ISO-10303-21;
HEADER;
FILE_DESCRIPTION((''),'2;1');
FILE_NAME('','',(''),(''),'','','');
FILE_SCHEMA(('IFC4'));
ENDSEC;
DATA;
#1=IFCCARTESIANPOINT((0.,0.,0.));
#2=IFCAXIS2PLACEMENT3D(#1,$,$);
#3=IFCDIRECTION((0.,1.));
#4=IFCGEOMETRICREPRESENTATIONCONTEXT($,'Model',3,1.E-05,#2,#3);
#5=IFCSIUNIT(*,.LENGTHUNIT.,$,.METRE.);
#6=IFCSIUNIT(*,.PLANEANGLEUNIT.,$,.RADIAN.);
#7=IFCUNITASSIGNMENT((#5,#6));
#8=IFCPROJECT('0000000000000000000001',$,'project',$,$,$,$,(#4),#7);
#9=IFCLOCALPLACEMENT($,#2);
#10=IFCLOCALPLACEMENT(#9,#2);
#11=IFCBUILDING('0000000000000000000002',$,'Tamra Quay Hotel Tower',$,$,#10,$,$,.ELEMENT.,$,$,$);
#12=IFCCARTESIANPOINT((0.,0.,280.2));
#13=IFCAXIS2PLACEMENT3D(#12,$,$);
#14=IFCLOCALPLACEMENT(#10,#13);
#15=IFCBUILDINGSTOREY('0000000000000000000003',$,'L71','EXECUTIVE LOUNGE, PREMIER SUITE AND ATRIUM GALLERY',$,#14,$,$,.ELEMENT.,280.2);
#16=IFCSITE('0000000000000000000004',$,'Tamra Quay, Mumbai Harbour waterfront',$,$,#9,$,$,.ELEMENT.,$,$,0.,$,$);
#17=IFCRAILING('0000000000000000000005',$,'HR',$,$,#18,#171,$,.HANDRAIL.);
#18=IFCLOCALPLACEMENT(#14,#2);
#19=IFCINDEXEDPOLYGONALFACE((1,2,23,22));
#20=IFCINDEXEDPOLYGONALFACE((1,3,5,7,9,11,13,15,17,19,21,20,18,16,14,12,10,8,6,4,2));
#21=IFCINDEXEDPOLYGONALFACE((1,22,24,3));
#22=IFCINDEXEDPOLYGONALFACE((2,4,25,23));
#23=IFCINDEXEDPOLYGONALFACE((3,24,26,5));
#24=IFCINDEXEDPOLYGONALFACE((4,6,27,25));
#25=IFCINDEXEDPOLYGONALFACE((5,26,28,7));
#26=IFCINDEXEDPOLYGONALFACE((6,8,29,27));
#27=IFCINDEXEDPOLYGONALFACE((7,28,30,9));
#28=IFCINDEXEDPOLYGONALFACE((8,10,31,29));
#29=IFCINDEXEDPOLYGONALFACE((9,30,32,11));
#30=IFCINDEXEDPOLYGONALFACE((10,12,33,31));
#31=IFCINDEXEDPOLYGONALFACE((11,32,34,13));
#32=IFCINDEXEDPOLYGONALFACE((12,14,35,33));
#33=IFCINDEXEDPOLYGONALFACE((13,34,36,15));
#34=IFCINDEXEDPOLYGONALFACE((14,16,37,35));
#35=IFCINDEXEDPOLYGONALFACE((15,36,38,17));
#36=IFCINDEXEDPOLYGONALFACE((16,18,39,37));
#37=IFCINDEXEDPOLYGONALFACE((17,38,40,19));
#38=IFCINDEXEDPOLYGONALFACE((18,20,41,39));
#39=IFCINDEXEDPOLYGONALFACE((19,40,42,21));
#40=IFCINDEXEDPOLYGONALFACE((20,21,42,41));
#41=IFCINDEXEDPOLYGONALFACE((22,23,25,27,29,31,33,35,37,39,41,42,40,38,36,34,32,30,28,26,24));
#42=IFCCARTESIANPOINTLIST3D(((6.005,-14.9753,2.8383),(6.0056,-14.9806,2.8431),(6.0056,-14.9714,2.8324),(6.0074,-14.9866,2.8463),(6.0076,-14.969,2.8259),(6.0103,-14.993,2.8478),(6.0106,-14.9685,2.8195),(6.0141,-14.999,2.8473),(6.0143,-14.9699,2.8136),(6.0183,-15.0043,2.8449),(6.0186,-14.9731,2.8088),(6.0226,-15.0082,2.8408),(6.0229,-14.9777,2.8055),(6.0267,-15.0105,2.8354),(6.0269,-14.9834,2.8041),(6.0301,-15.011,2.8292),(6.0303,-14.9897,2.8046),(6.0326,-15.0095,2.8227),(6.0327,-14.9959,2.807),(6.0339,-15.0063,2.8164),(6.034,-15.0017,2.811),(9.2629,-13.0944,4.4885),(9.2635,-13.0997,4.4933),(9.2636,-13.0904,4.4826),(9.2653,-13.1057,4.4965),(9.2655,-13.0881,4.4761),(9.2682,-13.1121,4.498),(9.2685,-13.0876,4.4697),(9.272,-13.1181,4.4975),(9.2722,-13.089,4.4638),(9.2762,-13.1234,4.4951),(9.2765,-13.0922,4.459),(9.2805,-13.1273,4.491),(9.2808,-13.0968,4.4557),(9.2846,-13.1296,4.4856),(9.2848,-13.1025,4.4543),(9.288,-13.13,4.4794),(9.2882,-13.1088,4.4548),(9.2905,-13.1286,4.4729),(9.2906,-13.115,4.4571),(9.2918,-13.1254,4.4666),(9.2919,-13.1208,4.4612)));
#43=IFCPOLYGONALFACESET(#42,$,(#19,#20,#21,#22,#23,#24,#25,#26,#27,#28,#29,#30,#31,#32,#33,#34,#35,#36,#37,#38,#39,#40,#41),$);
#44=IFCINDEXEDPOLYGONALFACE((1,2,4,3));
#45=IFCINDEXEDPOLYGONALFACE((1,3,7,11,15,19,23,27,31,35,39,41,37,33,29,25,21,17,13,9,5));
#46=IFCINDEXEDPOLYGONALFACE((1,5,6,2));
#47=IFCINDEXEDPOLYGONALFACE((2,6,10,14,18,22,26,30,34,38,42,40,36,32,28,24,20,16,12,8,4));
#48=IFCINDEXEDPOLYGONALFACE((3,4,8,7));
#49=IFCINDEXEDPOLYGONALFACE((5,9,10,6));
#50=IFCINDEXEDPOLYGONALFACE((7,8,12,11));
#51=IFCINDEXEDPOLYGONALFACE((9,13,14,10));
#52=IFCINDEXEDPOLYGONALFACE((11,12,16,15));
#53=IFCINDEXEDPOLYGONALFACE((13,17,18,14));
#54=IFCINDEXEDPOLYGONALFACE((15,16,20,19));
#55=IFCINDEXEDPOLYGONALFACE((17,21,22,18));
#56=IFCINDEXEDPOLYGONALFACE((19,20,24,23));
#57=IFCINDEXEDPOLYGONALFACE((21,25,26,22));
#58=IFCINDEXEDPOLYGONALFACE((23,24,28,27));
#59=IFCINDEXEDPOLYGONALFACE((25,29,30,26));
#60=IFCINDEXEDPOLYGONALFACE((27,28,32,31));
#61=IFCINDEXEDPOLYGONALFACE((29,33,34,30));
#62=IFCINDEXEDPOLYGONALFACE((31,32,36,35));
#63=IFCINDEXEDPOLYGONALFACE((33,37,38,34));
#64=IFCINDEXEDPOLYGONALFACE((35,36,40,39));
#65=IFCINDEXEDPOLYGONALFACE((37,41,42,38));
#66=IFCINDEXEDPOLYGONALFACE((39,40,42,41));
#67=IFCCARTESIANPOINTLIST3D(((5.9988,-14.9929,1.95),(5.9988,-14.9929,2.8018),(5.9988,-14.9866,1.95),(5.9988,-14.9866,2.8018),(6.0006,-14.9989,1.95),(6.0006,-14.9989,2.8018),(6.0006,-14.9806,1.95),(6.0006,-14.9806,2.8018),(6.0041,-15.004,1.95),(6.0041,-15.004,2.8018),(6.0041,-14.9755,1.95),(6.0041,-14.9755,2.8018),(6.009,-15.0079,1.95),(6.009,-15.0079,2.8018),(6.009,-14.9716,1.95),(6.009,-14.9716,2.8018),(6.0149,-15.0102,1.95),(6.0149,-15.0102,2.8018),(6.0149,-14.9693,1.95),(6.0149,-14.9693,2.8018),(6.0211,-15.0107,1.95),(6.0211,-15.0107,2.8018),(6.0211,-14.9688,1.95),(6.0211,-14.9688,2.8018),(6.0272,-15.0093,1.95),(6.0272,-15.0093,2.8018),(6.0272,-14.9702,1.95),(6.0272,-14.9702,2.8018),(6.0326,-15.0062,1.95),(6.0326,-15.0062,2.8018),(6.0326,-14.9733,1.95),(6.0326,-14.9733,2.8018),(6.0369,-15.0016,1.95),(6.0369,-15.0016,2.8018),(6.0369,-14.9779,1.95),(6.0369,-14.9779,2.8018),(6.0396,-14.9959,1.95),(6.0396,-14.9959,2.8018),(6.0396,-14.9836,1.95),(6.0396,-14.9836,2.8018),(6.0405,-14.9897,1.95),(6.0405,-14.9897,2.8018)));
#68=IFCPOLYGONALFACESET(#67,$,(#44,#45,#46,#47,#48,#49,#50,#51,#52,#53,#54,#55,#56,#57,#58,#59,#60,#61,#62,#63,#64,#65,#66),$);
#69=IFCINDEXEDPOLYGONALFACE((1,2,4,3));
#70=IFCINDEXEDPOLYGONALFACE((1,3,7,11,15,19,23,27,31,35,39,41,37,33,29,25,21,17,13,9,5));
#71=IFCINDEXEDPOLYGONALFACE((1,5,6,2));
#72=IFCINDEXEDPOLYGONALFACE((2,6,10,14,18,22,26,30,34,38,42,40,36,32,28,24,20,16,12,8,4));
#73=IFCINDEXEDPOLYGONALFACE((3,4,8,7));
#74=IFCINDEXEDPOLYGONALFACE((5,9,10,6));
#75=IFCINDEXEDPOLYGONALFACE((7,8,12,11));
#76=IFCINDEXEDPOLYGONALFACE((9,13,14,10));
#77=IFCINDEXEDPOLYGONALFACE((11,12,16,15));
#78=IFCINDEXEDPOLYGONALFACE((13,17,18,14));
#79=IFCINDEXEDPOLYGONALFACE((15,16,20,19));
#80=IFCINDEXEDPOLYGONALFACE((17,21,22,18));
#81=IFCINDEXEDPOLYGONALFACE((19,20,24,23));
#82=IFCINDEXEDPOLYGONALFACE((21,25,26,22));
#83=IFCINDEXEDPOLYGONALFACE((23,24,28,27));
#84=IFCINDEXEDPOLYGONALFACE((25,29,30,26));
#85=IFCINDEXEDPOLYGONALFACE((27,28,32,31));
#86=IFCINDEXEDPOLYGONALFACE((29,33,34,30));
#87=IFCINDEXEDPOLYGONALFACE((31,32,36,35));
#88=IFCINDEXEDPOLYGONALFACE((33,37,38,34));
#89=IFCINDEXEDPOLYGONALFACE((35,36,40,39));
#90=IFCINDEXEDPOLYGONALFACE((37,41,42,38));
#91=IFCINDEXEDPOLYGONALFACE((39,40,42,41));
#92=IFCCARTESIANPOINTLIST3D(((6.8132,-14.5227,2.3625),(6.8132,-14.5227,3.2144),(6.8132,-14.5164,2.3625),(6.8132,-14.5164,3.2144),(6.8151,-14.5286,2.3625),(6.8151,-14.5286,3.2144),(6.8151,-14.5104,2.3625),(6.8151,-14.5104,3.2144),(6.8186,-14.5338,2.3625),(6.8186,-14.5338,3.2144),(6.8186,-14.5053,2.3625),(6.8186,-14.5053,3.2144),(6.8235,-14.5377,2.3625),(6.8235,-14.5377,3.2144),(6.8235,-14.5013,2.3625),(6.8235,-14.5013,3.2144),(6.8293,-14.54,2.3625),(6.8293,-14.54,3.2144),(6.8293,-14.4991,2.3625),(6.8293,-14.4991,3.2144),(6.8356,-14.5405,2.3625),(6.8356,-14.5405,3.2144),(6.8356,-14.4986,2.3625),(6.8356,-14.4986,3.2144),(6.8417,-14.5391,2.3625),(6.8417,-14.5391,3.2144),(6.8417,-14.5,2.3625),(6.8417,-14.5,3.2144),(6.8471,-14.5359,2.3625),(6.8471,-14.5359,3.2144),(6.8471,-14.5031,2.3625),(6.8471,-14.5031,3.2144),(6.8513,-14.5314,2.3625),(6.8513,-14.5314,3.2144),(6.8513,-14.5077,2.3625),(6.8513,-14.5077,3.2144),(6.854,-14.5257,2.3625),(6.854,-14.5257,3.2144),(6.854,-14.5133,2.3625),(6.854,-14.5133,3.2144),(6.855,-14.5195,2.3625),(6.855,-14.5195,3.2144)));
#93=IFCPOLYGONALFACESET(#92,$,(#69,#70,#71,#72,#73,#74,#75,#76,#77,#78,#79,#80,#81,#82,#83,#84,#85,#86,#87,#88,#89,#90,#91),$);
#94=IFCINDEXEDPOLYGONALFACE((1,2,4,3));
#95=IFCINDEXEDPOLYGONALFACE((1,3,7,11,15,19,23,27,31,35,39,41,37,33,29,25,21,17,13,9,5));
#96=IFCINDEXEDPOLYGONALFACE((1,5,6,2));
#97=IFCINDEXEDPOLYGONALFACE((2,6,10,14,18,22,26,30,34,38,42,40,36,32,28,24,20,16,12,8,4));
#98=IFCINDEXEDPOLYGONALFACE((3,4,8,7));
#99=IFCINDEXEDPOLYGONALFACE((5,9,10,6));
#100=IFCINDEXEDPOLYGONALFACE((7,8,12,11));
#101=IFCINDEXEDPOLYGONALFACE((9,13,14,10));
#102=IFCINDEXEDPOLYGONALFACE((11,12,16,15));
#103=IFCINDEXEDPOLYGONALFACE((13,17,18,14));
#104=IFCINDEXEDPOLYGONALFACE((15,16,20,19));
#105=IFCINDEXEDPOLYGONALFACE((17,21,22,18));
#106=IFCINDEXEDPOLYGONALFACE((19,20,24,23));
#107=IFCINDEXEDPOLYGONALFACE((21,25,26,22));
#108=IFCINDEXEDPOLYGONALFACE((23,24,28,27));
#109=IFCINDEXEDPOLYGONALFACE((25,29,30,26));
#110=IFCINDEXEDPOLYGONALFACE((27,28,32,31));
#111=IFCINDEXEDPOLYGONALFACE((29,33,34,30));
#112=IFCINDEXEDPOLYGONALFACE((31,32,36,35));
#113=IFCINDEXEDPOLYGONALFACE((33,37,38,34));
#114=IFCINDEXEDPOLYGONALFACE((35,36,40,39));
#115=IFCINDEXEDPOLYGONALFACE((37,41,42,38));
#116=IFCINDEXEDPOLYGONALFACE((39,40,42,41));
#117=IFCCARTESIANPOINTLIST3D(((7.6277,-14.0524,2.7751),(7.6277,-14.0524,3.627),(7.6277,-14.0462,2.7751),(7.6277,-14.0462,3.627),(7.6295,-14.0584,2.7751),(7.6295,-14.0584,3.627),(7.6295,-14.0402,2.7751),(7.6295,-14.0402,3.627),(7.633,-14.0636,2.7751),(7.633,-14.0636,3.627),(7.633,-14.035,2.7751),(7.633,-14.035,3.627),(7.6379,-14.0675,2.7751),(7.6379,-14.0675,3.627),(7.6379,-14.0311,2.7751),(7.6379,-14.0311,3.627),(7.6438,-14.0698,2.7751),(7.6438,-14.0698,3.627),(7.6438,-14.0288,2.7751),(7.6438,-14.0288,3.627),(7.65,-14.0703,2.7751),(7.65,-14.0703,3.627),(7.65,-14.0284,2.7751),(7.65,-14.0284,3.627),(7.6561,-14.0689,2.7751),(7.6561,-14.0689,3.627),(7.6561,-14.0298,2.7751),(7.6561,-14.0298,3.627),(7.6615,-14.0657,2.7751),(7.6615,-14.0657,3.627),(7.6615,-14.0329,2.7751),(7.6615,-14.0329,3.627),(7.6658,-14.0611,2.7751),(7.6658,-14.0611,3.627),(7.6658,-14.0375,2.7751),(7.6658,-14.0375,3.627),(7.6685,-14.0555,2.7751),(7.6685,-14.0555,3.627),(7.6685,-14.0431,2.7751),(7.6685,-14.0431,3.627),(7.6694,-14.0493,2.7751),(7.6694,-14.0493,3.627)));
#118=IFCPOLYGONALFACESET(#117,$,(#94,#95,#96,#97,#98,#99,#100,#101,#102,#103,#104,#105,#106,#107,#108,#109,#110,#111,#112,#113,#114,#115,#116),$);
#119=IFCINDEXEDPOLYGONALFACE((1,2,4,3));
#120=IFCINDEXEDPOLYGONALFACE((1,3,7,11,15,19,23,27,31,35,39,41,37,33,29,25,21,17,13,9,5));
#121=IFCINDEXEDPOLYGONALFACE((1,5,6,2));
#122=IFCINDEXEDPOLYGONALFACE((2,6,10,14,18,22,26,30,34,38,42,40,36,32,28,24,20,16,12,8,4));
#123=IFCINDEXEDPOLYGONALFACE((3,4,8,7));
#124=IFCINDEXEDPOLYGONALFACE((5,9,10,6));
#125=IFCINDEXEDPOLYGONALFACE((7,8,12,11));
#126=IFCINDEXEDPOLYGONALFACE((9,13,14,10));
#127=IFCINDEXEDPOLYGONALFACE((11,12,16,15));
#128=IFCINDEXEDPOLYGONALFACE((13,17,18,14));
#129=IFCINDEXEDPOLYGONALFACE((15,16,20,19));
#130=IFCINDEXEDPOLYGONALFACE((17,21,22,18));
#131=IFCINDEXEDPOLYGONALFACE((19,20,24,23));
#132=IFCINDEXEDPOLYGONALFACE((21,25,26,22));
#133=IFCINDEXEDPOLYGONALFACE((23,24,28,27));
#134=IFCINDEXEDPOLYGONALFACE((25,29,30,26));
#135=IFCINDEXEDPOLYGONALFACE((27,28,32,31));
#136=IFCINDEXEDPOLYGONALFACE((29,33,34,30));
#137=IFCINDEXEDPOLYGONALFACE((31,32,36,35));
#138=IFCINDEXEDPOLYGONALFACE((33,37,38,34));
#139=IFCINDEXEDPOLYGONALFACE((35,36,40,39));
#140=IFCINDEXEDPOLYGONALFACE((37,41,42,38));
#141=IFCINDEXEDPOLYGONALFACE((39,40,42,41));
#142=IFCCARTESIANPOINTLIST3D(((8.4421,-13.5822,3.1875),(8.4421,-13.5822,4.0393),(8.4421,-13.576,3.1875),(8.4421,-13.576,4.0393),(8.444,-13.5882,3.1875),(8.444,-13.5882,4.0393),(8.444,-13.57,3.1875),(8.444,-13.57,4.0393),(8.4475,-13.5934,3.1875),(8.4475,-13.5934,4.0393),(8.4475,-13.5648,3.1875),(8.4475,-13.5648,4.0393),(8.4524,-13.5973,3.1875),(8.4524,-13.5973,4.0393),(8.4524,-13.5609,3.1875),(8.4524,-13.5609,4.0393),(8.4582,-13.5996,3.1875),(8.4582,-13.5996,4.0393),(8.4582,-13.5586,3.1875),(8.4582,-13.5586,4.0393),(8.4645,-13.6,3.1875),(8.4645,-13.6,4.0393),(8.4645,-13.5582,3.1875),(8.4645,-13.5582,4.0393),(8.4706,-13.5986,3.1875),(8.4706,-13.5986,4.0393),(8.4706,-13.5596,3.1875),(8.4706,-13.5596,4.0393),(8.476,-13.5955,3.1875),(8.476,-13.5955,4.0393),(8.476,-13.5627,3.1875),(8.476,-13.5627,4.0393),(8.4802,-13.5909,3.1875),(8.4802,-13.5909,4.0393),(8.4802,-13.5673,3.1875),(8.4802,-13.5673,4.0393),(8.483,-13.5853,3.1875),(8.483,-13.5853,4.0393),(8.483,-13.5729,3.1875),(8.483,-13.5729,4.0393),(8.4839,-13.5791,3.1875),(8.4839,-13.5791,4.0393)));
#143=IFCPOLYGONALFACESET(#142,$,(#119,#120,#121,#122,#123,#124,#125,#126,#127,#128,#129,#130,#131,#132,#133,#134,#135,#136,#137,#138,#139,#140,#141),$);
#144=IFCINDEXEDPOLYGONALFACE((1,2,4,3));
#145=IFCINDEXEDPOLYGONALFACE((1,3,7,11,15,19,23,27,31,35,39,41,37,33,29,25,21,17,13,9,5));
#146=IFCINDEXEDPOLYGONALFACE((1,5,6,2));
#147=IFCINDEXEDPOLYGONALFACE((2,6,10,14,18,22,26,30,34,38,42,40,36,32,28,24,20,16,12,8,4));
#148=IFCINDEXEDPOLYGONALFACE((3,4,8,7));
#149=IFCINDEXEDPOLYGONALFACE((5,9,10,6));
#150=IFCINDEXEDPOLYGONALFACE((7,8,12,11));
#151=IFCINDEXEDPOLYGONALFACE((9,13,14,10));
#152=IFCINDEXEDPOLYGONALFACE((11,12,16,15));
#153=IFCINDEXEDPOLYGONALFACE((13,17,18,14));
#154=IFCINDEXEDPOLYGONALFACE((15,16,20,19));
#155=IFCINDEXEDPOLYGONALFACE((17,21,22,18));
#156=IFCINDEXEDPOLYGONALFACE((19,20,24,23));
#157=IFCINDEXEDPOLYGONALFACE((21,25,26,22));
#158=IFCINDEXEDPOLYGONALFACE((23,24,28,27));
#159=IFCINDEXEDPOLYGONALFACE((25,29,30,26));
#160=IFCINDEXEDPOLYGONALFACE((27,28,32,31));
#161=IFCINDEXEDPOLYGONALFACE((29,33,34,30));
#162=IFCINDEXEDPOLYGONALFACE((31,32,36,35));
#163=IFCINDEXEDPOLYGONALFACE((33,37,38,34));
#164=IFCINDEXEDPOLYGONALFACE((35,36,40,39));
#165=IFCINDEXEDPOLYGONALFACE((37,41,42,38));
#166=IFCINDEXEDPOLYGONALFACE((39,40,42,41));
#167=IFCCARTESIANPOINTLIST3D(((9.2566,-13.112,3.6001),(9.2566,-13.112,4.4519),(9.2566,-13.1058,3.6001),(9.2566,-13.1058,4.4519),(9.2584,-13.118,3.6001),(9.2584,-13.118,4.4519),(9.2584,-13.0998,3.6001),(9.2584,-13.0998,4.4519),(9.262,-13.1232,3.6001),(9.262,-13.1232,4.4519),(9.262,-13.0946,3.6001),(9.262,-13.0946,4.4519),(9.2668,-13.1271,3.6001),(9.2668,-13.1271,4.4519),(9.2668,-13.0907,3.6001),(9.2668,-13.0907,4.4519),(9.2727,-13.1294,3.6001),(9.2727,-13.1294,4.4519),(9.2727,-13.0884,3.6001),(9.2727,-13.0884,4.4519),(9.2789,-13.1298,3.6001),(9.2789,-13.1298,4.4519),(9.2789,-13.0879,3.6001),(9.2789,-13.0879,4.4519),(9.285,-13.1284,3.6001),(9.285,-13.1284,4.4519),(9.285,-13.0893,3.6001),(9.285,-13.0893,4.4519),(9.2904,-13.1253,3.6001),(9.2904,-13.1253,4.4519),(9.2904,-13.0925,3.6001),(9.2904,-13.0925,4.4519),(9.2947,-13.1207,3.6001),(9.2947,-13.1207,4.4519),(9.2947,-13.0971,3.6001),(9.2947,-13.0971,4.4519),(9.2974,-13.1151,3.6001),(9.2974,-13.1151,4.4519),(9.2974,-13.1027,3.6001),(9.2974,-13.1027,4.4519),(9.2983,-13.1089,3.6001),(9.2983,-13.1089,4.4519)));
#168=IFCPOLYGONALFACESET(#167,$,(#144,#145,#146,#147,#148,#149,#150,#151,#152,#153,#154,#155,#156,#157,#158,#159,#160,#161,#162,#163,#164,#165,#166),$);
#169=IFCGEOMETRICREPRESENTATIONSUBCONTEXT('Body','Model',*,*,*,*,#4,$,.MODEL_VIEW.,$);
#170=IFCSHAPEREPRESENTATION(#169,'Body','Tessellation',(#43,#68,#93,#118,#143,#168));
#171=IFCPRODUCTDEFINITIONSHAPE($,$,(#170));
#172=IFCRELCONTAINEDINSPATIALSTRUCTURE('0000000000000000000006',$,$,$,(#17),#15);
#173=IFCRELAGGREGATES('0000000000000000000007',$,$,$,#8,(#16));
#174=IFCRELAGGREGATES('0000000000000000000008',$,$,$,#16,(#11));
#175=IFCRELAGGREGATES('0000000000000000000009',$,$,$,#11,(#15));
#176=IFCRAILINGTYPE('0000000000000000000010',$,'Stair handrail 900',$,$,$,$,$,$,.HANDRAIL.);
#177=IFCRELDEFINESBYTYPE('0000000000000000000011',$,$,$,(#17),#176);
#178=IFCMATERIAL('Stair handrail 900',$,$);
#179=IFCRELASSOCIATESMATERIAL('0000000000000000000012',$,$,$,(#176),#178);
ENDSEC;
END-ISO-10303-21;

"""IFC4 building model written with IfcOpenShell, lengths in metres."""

from ifc_helpers import new_model, si_unit, direction, frame, origin, origin_2d, place, context, subcontext, project, spatial, circle, extrude, material, type_object, element, save


model = new_model("IFC4")

# Units and contexts
model_context = context("Model", 3, precision=1e-05, world=origin(), true_north=direction((0.0, 1.0)))
body_context = subcontext(model_context, "Body", "Model", "MODEL_VIEW")
ifc_project = project(units=[si_unit("LENGTHUNIT", "METRE"), si_unit("PLANEANGLEUNIT", "RADIAN")], contexts=[model_context])

# Site, building, storey
site_placement = place(None, origin())
site = spatial("IfcSite", under=ifc_project, at=site_placement, Name="Tamra Quay, Mumbai Harbour waterfront", CompositionType="ELEMENT", RefElevation=0.0)
building_placement = place(site_placement, origin())
building = spatial("IfcBuilding", under=site, at=building_placement, Name="Tamra Quay Hotel Tower", CompositionType="ELEMENT")
storey_placement = place(building_placement, frame((0.0, 0.0, 280.2)))
storey = spatial("IfcBuildingStorey", under=building, at=storey_placement, Name="L71", Description="EXECUTIVE LOUNGE, PREMIER SUITE AND ATRIUM GALLERY", CompositionType="ELEMENT", Elevation=280.2)

# Railing
ifc_material_1 = material(Name="Stair handrail 900")
railing_type = type_object("IfcRailingType", Name="Stair handrail 900", PredefinedType="HANDRAIL", material=ifc_material_1)
railing_placement = place(storey_placement, frame((6.0195, -14.9897, 1.95)))
element("IfcRailing", 1, at=railing_placement, inside=storey, type_object=railing_type, Name="HR", PredefinedType="HANDRAIL", context=body_context, shape_type="SweptSolid", body=[
    extrude(circle(Radius=0.0239, at=origin_2d()), frame((0.0, 0.0, 0.876), z_axis=(0.793081, 0.457876, 0.401711), x_axis=(-0.499992, 0.86603, 0.0)), (0.0, 0.0, 1.0), 4.1079),
    extrude(circle(Radius=0.021, at=origin_2d()), origin(), (0.0, 0.0, 1.0), 0.8518),
    extrude(circle(Radius=0.021, at=origin_2d()), frame((0.8145, 0.4702, 0.4126)), (0.0, 0.0, 1.0), 0.8518),
    extrude(circle(Radius=0.021, at=origin_2d()), frame((1.6289, 0.9404, 0.8252)), (0.0, 0.0, 1.0), 0.8518),
    extrude(circle(Radius=0.021, at=origin_2d()), frame((2.4434, 1.4106, 1.2375)), (0.0, 0.0, 1.0), 0.8518),
    extrude(circle(Radius=0.021, at=origin_2d()), frame((3.2578, 1.8809, 1.6501)), (0.0, 0.0, 1.0), 0.8518),
])

save(model, "model.ifc")
